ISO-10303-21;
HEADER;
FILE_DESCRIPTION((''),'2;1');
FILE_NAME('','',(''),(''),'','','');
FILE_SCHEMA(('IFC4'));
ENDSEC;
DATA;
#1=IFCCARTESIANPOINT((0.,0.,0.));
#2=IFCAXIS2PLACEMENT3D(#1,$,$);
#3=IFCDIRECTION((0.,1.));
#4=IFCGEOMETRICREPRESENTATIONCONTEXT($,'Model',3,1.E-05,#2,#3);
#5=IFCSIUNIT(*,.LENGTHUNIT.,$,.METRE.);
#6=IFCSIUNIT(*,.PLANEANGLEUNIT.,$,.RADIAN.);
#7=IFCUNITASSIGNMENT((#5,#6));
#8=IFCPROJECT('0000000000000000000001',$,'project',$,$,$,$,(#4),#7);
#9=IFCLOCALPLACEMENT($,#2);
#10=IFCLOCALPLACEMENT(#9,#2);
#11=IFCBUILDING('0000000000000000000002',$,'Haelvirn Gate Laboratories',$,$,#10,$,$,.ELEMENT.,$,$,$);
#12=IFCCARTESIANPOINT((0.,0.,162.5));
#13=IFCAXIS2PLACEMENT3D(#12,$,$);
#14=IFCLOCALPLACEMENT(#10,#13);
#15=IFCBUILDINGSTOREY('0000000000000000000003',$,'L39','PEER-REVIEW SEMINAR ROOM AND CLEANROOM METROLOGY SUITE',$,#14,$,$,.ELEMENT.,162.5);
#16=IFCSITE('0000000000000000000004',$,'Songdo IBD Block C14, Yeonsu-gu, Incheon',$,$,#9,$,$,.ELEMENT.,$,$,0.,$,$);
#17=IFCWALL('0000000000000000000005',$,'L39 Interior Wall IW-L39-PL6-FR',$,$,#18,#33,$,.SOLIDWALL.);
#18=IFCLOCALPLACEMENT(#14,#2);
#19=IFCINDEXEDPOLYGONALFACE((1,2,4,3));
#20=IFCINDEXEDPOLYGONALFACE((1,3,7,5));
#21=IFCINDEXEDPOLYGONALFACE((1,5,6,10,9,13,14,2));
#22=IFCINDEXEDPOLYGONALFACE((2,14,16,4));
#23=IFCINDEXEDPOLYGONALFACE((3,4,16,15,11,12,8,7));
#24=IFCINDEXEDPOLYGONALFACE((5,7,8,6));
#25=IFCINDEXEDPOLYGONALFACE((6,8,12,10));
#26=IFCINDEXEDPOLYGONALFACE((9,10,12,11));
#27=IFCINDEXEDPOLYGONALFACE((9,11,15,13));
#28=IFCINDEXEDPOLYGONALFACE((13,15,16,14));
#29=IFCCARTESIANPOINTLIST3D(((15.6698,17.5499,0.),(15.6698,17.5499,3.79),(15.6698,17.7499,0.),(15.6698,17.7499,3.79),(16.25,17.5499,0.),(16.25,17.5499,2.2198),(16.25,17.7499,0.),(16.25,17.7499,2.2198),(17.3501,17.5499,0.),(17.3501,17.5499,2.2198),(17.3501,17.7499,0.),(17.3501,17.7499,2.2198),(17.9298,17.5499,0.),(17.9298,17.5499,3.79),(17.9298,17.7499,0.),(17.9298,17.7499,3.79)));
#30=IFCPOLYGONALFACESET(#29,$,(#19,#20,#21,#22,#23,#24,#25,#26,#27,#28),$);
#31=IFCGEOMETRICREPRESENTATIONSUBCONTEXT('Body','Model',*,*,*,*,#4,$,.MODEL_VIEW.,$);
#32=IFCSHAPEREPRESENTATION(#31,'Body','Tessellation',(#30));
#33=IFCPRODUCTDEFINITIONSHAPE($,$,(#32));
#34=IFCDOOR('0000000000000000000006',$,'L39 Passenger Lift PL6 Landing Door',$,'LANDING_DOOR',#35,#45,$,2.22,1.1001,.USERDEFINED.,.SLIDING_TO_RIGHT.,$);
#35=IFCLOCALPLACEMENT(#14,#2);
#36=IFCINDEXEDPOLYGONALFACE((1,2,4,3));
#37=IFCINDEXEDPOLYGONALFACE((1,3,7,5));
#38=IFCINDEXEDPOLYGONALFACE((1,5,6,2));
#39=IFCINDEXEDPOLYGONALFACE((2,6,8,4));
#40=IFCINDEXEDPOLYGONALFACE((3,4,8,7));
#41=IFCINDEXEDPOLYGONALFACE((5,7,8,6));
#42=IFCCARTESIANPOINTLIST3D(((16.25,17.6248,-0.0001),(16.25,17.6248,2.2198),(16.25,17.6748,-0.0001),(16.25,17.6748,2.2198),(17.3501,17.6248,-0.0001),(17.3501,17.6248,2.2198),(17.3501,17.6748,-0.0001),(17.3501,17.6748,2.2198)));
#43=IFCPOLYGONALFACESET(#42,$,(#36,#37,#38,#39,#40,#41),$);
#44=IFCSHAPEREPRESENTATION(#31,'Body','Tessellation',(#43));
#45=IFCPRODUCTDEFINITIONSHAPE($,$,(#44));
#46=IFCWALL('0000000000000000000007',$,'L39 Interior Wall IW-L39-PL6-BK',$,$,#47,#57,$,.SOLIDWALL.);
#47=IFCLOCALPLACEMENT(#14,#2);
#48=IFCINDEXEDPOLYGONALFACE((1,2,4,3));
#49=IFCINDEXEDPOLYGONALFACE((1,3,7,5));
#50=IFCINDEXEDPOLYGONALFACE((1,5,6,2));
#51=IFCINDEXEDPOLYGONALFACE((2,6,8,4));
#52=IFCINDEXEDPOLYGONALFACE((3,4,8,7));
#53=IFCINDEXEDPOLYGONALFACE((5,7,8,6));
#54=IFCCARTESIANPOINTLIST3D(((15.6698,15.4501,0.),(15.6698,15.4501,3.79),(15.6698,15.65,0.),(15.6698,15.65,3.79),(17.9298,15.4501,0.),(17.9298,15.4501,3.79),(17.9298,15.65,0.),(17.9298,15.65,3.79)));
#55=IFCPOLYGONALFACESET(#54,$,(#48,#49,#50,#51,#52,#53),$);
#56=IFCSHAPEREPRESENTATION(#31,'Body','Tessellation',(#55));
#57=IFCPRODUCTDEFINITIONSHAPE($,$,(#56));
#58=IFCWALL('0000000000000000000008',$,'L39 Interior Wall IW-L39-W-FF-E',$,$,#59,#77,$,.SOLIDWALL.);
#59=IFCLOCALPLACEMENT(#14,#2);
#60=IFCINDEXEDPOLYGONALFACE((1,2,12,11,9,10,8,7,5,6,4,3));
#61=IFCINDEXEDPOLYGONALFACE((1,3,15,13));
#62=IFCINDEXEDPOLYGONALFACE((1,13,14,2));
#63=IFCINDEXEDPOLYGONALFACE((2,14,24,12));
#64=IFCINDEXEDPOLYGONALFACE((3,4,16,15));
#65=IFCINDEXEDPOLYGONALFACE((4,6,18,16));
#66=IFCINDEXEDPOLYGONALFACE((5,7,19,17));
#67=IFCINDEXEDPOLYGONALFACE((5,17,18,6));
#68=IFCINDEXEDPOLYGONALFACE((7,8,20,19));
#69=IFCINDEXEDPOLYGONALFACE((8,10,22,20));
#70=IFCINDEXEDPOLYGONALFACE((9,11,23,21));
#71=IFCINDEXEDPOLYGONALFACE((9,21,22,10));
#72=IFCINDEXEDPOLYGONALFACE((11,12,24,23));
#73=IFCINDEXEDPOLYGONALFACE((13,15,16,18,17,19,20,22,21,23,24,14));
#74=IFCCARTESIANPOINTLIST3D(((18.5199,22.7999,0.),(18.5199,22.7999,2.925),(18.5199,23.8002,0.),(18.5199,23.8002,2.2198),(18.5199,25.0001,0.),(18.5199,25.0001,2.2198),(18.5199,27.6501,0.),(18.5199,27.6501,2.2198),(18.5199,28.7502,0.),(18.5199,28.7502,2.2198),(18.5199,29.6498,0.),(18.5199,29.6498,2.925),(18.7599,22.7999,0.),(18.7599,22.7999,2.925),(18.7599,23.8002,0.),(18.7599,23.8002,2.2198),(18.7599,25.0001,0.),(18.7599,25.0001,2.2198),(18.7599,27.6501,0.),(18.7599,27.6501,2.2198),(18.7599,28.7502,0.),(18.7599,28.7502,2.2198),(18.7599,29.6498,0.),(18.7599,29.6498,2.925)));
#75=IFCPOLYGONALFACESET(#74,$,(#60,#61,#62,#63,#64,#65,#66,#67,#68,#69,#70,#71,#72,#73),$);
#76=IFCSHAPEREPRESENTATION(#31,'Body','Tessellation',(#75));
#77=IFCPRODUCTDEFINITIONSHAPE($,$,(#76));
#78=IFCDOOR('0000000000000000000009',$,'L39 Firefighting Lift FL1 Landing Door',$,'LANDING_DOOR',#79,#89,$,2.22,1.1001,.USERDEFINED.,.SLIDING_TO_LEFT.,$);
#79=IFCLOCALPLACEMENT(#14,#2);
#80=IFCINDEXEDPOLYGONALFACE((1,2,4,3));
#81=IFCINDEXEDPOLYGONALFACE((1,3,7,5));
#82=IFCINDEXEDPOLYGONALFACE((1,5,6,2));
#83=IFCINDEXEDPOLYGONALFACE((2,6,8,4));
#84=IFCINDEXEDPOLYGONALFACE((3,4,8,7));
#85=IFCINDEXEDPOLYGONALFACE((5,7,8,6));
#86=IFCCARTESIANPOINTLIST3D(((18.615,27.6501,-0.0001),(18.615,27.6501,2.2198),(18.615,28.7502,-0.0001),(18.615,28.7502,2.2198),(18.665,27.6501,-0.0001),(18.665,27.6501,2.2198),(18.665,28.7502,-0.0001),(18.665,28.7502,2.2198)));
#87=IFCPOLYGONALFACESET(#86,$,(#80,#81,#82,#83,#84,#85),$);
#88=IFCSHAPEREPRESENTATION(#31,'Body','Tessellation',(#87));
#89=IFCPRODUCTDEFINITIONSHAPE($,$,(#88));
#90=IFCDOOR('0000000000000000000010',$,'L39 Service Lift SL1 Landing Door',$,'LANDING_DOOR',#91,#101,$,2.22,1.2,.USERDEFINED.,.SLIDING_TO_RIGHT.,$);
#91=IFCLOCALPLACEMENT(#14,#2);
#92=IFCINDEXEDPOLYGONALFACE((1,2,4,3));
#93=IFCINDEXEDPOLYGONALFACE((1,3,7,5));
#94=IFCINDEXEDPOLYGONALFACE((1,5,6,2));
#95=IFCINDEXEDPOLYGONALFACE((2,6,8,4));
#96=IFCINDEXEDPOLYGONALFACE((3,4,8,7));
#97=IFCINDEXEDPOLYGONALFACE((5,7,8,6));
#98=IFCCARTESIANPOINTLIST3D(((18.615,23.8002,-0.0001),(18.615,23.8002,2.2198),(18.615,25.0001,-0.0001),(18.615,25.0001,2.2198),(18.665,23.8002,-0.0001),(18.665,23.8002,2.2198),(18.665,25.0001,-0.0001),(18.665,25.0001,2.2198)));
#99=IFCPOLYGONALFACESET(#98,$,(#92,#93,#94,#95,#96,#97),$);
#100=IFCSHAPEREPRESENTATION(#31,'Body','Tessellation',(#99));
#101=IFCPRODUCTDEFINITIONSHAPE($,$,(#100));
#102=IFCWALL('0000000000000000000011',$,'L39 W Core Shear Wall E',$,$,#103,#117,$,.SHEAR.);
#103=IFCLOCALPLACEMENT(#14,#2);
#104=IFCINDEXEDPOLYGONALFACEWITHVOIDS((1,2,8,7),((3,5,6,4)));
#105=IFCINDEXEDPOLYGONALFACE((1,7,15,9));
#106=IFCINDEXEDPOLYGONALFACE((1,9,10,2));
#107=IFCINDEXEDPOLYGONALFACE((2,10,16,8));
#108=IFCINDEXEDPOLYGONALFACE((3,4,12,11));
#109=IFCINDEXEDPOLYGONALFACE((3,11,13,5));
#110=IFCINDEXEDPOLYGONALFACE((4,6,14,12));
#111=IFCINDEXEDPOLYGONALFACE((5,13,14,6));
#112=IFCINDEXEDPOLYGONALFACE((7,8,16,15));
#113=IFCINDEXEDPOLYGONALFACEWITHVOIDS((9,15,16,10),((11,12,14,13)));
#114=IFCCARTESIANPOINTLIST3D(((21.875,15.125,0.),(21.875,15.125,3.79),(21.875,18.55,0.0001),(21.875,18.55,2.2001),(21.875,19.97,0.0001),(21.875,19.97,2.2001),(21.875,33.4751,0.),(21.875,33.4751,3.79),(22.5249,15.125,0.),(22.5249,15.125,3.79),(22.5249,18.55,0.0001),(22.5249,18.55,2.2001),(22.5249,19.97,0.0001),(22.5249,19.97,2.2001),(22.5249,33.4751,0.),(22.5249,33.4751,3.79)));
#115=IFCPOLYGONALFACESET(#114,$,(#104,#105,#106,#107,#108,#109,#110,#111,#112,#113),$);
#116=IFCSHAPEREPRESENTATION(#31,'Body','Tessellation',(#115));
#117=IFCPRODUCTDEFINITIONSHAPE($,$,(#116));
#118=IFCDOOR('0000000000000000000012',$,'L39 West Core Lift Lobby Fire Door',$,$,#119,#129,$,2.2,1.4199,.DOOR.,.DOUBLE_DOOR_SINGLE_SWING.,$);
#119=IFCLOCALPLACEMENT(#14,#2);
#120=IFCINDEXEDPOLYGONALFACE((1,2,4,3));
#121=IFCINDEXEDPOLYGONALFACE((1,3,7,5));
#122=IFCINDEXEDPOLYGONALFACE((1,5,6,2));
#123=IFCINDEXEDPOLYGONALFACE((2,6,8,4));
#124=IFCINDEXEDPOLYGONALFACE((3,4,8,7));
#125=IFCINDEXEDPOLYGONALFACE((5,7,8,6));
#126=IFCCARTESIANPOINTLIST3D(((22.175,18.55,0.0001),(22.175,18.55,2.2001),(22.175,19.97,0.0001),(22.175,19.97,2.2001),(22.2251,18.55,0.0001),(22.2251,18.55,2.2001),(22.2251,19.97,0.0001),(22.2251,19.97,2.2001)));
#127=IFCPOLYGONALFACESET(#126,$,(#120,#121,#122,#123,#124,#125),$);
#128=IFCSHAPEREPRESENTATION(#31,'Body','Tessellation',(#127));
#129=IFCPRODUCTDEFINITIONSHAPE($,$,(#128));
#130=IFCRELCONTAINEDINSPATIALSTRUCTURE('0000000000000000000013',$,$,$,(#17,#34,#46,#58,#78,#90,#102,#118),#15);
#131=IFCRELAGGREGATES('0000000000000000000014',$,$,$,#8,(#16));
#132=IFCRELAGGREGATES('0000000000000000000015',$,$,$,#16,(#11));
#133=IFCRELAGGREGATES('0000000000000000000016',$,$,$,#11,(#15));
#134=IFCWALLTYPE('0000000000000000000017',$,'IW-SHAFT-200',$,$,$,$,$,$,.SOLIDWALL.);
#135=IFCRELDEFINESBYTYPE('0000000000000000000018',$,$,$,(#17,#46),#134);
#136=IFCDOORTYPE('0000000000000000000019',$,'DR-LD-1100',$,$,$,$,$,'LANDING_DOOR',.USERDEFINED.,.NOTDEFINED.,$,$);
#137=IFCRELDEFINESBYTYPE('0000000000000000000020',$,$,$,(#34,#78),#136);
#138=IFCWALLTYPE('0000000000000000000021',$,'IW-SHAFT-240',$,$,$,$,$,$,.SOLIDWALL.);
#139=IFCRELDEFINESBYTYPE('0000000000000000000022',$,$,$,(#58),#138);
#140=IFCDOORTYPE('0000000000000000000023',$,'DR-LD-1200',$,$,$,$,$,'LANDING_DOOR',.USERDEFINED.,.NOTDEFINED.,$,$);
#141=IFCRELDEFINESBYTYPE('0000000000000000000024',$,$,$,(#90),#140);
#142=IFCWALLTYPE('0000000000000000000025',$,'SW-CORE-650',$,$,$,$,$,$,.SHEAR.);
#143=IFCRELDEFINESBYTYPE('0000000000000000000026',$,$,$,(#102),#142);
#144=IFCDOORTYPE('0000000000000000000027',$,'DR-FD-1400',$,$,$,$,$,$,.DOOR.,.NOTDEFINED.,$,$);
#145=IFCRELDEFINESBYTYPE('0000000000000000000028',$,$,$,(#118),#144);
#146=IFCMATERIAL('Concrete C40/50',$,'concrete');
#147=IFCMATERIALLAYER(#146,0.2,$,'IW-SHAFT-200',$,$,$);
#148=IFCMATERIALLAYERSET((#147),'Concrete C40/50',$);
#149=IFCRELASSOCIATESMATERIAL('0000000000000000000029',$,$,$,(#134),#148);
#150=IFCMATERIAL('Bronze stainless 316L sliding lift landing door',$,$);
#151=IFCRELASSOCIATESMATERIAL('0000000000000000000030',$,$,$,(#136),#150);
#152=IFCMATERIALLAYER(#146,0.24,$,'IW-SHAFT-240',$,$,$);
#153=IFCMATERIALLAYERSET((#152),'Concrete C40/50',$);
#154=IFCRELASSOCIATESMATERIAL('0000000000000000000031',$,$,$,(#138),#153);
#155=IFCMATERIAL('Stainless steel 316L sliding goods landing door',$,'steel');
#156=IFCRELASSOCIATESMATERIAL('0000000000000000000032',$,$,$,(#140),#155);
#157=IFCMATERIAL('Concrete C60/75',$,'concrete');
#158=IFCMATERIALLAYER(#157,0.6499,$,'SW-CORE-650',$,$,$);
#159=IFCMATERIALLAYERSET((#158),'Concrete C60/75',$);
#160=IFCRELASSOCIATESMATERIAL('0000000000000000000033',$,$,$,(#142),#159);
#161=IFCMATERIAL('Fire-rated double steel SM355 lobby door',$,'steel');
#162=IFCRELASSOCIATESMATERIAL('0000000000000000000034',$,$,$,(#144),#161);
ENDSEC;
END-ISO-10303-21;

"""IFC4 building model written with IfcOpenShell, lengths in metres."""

from ifc_helpers import new_model, si_unit, direction, frame, frame_2d, origin, place, context, subcontext, project, spatial, rectangle, extrude, source, transform, mapped, material, layer, layer_set, type_object, type_shapes, element, fill, save


model = new_model("IFC4")

# Units and contexts
model_context = context("Model", 3, precision=1e-05, world=origin(), true_north=direction((0.0, 1.0)))
body_context = subcontext(model_context, "Body", "Model", "MODEL_VIEW")
ifc_project = project(units=[si_unit("LENGTHUNIT", "METRE"), si_unit("PLANEANGLEUNIT", "RADIAN")], contexts=[model_context])

# Site, building, storey
site_placement = place(None, origin())
site = spatial("IfcSite", under=ifc_project, at=site_placement, Name="Songdo IBD Block C14, Yeonsu-gu, Incheon", CompositionType="ELEMENT", RefElevation=0.0)
building_placement = place(site_placement, origin())
building = spatial("IfcBuilding", under=site, at=building_placement, Name="Haelvirn Gate Laboratories", CompositionType="ELEMENT")
storey_placement = place(building_placement, frame((0.0, 0.0, 162.5)))
storey = spatial("IfcBuildingStorey", under=building, at=storey_placement, Name="L39", Description="PEER-REVIEW SEMINAR ROOM AND CLEANROOM METROLOGY SUITE", CompositionType="ELEMENT", Elevation=162.5)

# Shared definitions
ifc_material_1 = material(Name="Concrete C60/75", Category="concrete")

# Shared definitions
ifc_material_2 = material(Name="Concrete C40/50", Category="concrete")

# Wall, opening, door
ifc_layer_1 = layer(ifc_material_2, 0.2, Name="IW-SHAFT-200")
ifc_layer_set_1 = layer_set([ifc_layer_1], Name="Concrete C40/50")
wall_type_1 = type_object("IfcWallType", Name="IW-SHAFT-200", PredefinedType="SOLIDWALL", material=ifc_layer_set_1)
wall_1_placement = place(storey_placement, frame((15.6699, 17.6499, 0.0), z_axis=(0.0, 0.0, 1.0), x_axis=(1.0, 0.0, 0.0)))
wall_1 = element("IfcWall", 1, at=wall_1_placement, inside=storey, type_object=wall_type_1, Name="L39 Interior Wall IW-L39-PL6-FR", PredefinedType="SOLIDWALL", context=body_context, shape_type="SweptSolid", body=[
    extrude(rectangle(XDim=2.26, YDim=0.2, at=frame_2d((1.1299, 0.0))), origin(), (0.0, 0.0, 1.0), 3.79),
])
opening_1_placement = place(wall_1_placement, frame((0.5801, 0.0, 0.0)))
opening_1 = element("IfcOpeningElement", 2, at=opening_1_placement, cuts=wall_1, PredefinedType="OPENING", context=body_context, shape_type="SweptSolid", body=[
    extrude(rectangle(XDim=1.1001, YDim=2.22, at=frame_2d((0.55, 1.1099))), frame((0.0, 0.1099, 0.0), z_axis=(0.0, -1.0, 0.0), x_axis=(1.0, 0.0, 0.0)), (0.0, 0.0, 1.0), 0.22),
])
ifc_material_3 = material(Name="Bronze stainless 316L sliding lift landing door")
door_type_1 = type_object("IfcDoorType", Name="DR-LD-1100", ElementType="LANDING_DOOR", OperationType="NOTDEFINED", PredefinedType="USERDEFINED", material=ifc_material_3)
shared_shape_1 = source(origin(), body_context, "Body", "SweptSolid", [
    extrude(rectangle(XDim=1.1001, YDim=2.22, at=frame_2d((0.55, 1.1099))), frame((0.0, 0.0249, 0.0), z_axis=(0.0, -1.0, 0.0), x_axis=(1.0, 0.0, 0.0)), (0.0, 0.0, 1.0), 0.05),
])
type_shapes(door_type_1, [shared_shape_1])
door_1_placement = place(opening_1_placement, origin())
door_1 = element("IfcDoor", 3, at=door_1_placement, inside=storey, type_object=door_type_1, Name="L39 Passenger Lift PL6 Landing Door", ObjectType="LANDING_DOOR", OperationType="SLIDING_TO_RIGHT", OverallHeight=2.22, OverallWidth=1.1001, PredefinedType="USERDEFINED", context=body_context, shape_type="MappedRepresentation", body=[
    mapped(shared_shape_1, transform((0.0, 0.0, 0.0), scale=1.0)),
])
fill(opening_1, door_1)

# Wall
wall_2_placement = place(storey_placement, frame((15.6699, 15.55, 0.0), z_axis=(0.0, 0.0, 1.0), x_axis=(1.0, 0.0, 0.0)))
element("IfcWall", 4, at=wall_2_placement, inside=storey, type_object=wall_type_1, Name="L39 Interior Wall IW-L39-PL6-BK", PredefinedType="SOLIDWALL", context=body_context, shape_type="SweptSolid", body=[
    extrude(rectangle(XDim=2.26, YDim=0.2, at=frame_2d((1.1299, 0.0))), origin(), (0.0, 0.0, 1.0), 3.79),
])

# Wall, openings, doors
ifc_layer_2 = layer(ifc_material_2, 0.24, Name="IW-SHAFT-240")
ifc_layer_set_2 = layer_set([ifc_layer_2], Name="Concrete C40/50")
wall_type_2 = type_object("IfcWallType", Name="IW-SHAFT-240", PredefinedType="SOLIDWALL", material=ifc_layer_set_2)
wall_3_placement = place(storey_placement, frame((18.6399, 22.8, 0.0), z_axis=(0.0, 0.0, 1.0), x_axis=(0.0, 1.0, 0.0)))
wall_3 = element("IfcWall", 5, at=wall_3_placement, inside=storey, type_object=wall_type_2, Name="L39 Interior Wall IW-L39-W-FF-E", PredefinedType="SOLIDWALL", context=body_context, shape_type="SweptSolid", body=[
    extrude(rectangle(XDim=6.8499, YDim=0.24, at=frame_2d((3.4248, 0.0))), origin(), (0.0, 0.0, 1.0), 2.925),
])
opening_2_placement = place(wall_3_placement, frame((4.8501, 0.0, 0.0)))
opening_2 = element("IfcOpeningElement", 6, at=opening_2_placement, cuts=wall_3, PredefinedType="OPENING", context=body_context, shape_type="SweptSolid", body=[
    extrude(rectangle(XDim=1.1001, YDim=2.22, at=frame_2d((0.55, 1.1099))), frame((0.0, 0.1299, 0.0), z_axis=(0.0, -1.0, 0.0), x_axis=(1.0, 0.0, 0.0)), (0.0, 0.0, 1.0), 0.26),
])
opening_3_placement = place(wall_3_placement, frame((1.0, 0.0, 0.0)))
opening_3 = element("IfcOpeningElement", 7, at=opening_3_placement, cuts=wall_3, PredefinedType="OPENING", context=body_context, shape_type="SweptSolid", body=[
    extrude(rectangle(XDim=1.2, YDim=2.22, at=frame_2d((0.6001, 1.1099))), frame((0.0, 0.1299, 0.0), z_axis=(0.0, -1.0, 0.0), x_axis=(1.0, 0.0, 0.0)), (0.0, 0.0, 1.0), 0.26),
])
door_2_placement = place(opening_2_placement, origin())
door_2 = element("IfcDoor", 8, at=door_2_placement, inside=storey, type_object=door_type_1, Name="L39 Firefighting Lift FL1 Landing Door", ObjectType="LANDING_DOOR", OperationType="SLIDING_TO_LEFT", OverallHeight=2.22, OverallWidth=1.1001, PredefinedType="USERDEFINED", context=body_context, shape_type="MappedRepresentation", body=[
    mapped(shared_shape_1, transform((0.0, 0.0, 0.0), scale=1.0)),
])
fill(opening_2, door_2)
ifc_material_4 = material(Name="Stainless steel 316L sliding goods landing door", Category="steel")
door_type_2 = type_object("IfcDoorType", Name="DR-LD-1200", ElementType="LANDING_DOOR", OperationType="NOTDEFINED", PredefinedType="USERDEFINED", material=ifc_material_4)
shared_shape_2 = source(origin(), body_context, "Body", "SweptSolid", [
    extrude(rectangle(XDim=1.2, YDim=2.22, at=frame_2d((0.6001, 1.1099))), frame((0.0, 0.0249, 0.0), z_axis=(0.0, -1.0, 0.0), x_axis=(1.0, 0.0, 0.0)), (0.0, 0.0, 1.0), 0.05),
])
type_shapes(door_type_2, [shared_shape_2])
door_3_placement = place(opening_3_placement, origin())
door_3 = element("IfcDoor", 9, at=door_3_placement, inside=storey, type_object=door_type_2, Name="L39 Service Lift SL1 Landing Door", ObjectType="LANDING_DOOR", OperationType="SLIDING_TO_RIGHT", OverallHeight=2.22, OverallWidth=1.2, PredefinedType="USERDEFINED", context=body_context, shape_type="MappedRepresentation", body=[
    mapped(shared_shape_2, transform((0.0, 0.0, 0.0), scale=1.0)),
])
fill(opening_3, door_3)

# Wall, opening, door
ifc_layer_3 = layer(ifc_material_1, 0.6499, Name="SW-CORE-650")
ifc_layer_set_3 = layer_set([ifc_layer_3], Name="Concrete C60/75")
wall_type_3 = type_object("IfcWallType", Name="SW-CORE-650", PredefinedType="SHEAR", material=ifc_layer_set_3)
wall_4_placement = place(storey_placement, frame((22.2, 15.125, 0.0), z_axis=(0.0, 0.0, 1.0), x_axis=(0.0, 1.0, 0.0)))
wall_4 = element("IfcWall", 10, at=wall_4_placement, inside=storey, type_object=wall_type_3, Name="L39 W Core Shear Wall E", PredefinedType="SHEAR", context=body_context, shape_type="SweptSolid", body=[
    extrude(rectangle(XDim=18.3501, YDim=0.6499, at=frame_2d((9.175, 0.0))), origin(), (0.0, 0.0, 1.0), 3.79),
])
opening_4_placement = place(wall_4_placement, frame((3.425, 0.0, 0.0)))
opening_4 = element("IfcOpeningElement", 11, at=opening_4_placement, cuts=wall_4, PredefinedType="OPENING", context=body_context, shape_type="SweptSolid", body=[
    extrude(rectangle(XDim=1.4199, YDim=2.2, at=frame_2d((0.71, 1.1001))), frame((0.0, 0.335, 0.0), z_axis=(0.0, -1.0, 0.0), x_axis=(1.0, 0.0, 0.0)), (0.0, 0.0, 1.0), 0.6699),
])
ifc_material_5 = material(Name="Fire-rated double steel SM355 lobby door", Category="steel")
door_type_3 = type_object("IfcDoorType", Name="DR-FD-1400", OperationType="NOTDEFINED", PredefinedType="DOOR", material=ifc_material_5)
shared_shape_3 = source(origin(), body_context, "Body", "SweptSolid", [
    extrude(rectangle(XDim=1.4199, YDim=2.2, at=frame_2d((0.71, 1.1001))), frame((0.0, 0.0249, 0.0), z_axis=(0.0, -1.0, 0.0), x_axis=(1.0, 0.0, 0.0)), (0.0, 0.0, 1.0), 0.05),
])
type_shapes(door_type_3, [shared_shape_3])
door_4_placement = place(opening_4_placement, origin())
door_4 = element("IfcDoor", 12, at=door_4_placement, inside=storey, type_object=door_type_3, Name="L39 West Core Lift Lobby Fire Door", OperationType="DOUBLE_DOOR_SINGLE_SWING", OverallHeight=2.2, OverallWidth=1.4199, PredefinedType="DOOR", context=body_context, shape_type="MappedRepresentation", body=[
    mapped(shared_shape_3, transform((0.0, 0.0, 0.0), scale=1.0)),
])
fill(opening_4, door_4)

save(model, "model.ifc")
